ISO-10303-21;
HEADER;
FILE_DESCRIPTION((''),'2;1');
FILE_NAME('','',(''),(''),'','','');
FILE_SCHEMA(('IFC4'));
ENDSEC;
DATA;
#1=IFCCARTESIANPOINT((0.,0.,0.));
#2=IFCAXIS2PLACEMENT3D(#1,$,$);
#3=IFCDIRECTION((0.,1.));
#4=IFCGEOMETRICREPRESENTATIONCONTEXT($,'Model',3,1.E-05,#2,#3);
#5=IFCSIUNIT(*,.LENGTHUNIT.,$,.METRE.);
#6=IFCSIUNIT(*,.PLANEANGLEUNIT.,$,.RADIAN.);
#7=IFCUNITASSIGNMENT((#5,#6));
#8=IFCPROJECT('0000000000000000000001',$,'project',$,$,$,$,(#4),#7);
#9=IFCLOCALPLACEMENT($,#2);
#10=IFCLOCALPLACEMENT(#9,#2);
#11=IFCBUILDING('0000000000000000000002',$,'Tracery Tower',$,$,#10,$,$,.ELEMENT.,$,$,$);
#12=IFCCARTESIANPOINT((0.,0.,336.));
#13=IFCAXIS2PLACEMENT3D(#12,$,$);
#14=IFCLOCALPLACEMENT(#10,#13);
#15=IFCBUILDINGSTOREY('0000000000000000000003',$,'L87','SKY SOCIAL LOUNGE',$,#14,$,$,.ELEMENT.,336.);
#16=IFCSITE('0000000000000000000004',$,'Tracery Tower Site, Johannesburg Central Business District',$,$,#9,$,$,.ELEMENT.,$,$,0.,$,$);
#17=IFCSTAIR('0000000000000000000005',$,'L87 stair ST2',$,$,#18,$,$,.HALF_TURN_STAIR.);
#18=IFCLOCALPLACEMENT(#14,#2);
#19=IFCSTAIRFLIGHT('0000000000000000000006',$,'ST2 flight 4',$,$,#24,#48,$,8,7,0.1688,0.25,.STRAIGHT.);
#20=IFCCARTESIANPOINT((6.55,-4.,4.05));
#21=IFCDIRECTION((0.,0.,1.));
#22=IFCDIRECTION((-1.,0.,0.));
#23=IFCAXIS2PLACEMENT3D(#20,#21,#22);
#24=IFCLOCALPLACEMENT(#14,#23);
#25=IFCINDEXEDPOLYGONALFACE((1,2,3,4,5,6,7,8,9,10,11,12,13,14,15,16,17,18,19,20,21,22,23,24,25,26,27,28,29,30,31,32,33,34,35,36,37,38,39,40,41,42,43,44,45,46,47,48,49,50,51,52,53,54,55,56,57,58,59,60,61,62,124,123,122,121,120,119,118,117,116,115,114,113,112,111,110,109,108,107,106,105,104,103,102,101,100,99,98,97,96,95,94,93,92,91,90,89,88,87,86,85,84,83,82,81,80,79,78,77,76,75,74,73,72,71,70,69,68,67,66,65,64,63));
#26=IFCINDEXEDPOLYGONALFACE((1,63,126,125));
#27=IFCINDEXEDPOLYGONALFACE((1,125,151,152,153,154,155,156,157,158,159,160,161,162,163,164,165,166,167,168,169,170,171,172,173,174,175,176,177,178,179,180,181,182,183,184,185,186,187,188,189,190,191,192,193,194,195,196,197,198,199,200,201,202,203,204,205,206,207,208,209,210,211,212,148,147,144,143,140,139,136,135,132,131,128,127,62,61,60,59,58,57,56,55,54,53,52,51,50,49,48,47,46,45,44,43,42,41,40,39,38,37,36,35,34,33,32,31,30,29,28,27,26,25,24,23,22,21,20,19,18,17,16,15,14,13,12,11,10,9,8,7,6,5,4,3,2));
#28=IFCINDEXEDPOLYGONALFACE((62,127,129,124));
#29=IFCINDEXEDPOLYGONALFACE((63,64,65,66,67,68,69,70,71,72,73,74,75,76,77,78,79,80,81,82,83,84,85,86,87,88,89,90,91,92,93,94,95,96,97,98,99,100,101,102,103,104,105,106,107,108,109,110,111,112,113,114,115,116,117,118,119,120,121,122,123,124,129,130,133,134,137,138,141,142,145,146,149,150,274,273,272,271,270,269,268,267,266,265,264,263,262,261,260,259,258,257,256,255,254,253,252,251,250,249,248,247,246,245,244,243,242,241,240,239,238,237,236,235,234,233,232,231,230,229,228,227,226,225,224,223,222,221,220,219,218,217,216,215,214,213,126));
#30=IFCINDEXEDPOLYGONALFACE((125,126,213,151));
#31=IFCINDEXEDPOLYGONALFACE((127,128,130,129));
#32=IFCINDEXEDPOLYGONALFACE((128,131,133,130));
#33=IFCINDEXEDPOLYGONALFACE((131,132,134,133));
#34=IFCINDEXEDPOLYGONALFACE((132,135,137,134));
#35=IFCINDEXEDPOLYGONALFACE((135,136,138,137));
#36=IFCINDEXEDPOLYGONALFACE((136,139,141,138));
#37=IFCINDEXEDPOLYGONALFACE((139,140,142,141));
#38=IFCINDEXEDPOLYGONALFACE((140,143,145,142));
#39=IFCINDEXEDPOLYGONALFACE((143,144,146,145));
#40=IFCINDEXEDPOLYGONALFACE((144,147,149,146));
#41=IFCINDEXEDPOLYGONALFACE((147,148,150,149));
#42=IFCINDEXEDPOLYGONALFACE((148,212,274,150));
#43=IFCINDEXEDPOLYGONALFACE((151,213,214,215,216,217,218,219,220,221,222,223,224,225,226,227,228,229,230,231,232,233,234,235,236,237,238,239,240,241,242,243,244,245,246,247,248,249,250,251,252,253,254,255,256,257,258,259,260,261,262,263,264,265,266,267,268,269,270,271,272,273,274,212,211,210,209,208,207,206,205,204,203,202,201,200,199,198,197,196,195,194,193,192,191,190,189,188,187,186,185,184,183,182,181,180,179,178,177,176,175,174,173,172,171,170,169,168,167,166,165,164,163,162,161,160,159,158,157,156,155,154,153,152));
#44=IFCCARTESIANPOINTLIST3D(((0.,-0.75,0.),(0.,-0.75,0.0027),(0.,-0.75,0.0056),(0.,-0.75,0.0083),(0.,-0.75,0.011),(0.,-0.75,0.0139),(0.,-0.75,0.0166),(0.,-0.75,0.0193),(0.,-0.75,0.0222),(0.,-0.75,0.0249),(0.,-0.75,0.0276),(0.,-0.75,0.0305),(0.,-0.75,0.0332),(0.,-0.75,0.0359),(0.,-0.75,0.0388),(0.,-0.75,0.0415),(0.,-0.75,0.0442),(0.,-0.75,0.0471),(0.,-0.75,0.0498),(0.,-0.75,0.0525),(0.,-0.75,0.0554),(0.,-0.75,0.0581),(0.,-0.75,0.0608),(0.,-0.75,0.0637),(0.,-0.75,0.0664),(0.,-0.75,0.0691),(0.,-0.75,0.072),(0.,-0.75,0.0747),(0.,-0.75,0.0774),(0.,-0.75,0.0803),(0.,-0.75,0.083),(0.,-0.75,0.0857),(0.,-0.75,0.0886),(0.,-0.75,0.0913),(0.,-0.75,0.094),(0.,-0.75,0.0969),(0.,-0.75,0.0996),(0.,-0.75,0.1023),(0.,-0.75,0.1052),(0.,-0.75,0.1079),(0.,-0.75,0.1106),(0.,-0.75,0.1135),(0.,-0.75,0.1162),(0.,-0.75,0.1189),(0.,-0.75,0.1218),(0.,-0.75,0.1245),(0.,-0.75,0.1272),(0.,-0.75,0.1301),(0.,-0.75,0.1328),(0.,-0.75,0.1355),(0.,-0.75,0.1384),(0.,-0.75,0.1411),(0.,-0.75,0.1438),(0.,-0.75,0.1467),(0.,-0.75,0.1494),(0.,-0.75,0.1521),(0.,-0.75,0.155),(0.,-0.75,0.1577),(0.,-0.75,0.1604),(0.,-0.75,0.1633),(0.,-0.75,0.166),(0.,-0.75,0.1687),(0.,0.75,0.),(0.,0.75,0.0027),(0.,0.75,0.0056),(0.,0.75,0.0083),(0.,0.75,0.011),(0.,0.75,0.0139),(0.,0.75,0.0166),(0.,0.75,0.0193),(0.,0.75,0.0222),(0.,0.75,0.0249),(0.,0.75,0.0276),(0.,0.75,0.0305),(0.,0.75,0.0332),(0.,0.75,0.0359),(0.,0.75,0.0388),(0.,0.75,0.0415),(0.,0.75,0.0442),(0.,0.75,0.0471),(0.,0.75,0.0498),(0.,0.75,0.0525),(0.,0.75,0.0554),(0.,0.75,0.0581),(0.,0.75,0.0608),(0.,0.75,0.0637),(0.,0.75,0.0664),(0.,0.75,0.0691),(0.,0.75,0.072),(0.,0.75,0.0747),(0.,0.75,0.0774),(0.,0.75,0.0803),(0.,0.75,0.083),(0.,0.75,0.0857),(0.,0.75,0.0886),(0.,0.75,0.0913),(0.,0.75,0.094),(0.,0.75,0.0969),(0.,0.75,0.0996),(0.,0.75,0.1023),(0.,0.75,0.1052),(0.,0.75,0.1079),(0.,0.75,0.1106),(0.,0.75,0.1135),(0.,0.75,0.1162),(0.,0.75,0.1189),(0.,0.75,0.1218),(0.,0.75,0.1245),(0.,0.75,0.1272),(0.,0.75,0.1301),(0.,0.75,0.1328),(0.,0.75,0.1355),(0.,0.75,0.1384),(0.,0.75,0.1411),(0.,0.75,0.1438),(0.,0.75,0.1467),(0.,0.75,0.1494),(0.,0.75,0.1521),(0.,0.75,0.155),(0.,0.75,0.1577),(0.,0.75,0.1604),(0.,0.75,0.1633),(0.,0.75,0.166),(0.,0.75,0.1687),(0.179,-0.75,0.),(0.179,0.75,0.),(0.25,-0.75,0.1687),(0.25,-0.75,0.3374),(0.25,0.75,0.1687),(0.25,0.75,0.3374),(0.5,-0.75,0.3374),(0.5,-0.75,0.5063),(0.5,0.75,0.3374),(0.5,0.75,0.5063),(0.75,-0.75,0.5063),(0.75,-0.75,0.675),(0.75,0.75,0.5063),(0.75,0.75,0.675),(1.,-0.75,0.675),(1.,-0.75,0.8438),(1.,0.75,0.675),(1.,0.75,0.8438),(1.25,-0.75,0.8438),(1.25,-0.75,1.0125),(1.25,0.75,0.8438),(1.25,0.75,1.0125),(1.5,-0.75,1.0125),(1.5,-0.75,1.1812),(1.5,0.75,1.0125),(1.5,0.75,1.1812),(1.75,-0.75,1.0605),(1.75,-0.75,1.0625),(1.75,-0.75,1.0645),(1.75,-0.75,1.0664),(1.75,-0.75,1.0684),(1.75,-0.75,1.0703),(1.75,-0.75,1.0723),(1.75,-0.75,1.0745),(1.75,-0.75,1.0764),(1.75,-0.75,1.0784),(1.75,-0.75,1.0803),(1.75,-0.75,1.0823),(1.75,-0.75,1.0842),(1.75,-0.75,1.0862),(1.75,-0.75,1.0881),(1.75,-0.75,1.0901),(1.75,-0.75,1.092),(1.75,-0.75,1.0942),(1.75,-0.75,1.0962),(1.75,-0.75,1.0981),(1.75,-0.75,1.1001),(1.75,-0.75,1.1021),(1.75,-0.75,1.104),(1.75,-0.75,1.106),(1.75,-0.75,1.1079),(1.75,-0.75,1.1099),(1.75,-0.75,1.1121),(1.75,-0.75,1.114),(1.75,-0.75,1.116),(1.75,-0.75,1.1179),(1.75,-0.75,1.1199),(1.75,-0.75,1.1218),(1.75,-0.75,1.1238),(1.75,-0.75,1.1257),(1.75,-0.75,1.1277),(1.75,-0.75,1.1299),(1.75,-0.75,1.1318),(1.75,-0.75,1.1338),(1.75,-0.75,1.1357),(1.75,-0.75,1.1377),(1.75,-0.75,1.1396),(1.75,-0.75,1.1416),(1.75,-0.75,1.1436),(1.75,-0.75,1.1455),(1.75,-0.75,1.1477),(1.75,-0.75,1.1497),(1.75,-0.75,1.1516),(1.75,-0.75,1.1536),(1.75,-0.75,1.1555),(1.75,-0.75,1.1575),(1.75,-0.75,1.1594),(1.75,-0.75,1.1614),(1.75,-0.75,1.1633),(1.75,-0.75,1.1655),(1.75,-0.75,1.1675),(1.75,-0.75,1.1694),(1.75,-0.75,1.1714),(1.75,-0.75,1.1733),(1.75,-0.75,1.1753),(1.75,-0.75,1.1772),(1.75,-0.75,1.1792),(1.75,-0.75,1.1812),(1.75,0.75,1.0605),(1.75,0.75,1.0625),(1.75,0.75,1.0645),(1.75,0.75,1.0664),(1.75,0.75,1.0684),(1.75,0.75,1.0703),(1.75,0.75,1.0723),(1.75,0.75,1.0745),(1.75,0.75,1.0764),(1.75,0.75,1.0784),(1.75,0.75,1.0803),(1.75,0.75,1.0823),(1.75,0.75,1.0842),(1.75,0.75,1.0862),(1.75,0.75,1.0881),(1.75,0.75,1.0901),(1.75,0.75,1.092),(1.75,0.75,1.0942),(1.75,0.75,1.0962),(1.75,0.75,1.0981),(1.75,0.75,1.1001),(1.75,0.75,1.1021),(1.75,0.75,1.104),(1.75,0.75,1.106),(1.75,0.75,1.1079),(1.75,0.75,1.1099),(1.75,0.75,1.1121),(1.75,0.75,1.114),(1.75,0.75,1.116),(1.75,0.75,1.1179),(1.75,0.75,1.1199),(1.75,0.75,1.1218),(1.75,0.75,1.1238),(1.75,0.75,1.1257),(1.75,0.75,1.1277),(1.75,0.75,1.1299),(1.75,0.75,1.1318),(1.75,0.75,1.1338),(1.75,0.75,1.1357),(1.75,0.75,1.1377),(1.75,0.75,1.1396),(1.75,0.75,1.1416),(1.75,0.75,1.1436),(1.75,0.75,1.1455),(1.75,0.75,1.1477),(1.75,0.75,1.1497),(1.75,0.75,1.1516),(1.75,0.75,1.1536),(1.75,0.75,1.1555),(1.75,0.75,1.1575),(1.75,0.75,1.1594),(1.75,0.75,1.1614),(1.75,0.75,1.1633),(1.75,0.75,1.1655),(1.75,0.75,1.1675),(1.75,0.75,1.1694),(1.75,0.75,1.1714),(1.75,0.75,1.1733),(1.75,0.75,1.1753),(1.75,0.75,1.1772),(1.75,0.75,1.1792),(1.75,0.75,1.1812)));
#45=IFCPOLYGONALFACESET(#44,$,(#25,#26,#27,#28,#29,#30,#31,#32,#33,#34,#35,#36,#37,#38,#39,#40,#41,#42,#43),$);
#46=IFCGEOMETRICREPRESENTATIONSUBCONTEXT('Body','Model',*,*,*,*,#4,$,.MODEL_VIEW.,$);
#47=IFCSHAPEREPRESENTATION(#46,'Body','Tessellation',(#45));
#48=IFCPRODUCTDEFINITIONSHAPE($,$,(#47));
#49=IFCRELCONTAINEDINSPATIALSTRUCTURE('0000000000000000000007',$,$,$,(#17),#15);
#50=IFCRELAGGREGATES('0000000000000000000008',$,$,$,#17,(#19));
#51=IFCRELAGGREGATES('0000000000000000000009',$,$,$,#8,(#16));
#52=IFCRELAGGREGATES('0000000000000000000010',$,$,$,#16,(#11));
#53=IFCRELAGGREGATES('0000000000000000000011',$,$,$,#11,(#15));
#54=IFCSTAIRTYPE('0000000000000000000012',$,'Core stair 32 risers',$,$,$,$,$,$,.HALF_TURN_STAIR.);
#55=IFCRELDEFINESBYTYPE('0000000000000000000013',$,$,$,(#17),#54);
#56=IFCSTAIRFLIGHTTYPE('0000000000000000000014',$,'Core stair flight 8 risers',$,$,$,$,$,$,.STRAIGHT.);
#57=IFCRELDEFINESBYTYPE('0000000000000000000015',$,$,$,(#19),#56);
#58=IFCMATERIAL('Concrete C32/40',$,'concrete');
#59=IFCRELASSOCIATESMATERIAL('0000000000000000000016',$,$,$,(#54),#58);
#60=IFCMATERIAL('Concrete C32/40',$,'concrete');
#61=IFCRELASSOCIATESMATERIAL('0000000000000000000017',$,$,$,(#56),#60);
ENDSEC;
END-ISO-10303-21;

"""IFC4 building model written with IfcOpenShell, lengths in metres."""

from ifc_helpers import new_model, si_unit, direction, frame, origin, place, context, subcontext, project, spatial, polyline, outline, extrude, material, type_object, element, aggregate, save


model = new_model("IFC4")

# Units and contexts
model_context = context("Model", 3, precision=1e-05, world=origin(), true_north=direction((0.0, 1.0)))
body_context = subcontext(model_context, "Body", "Model", "MODEL_VIEW")
ifc_project = project(units=[si_unit("LENGTHUNIT", "METRE"), si_unit("PLANEANGLEUNIT", "RADIAN")], contexts=[model_context])

# Site, building, storey
site_placement = place(None, origin())
site = spatial("IfcSite", under=ifc_project, at=site_placement, Name="Tracery Tower Site, Johannesburg Central Business District", CompositionType="ELEMENT", RefElevation=0.0)
building_placement = place(site_placement, origin())
building = spatial("IfcBuilding", under=site, at=building_placement, Name="Tracery Tower", CompositionType="ELEMENT")
storey_placement = place(building_placement, frame((0.0, 0.0, 336.0)))
storey = spatial("IfcBuildingStorey", under=building, at=storey_placement, Name="L87", Description="SKY SOCIAL LOUNGE", CompositionType="ELEMENT", Elevation=336.0)

# Stair, stair flight
ifc_material_1 = material(Name="Concrete C32/40", Category="concrete")
stair_type = type_object("IfcStairType", Name="Core stair 32 risers", PredefinedType="HALF_TURN_STAIR", material=ifc_material_1)
stair_placement = place(storey_placement, origin())
stair = element("IfcStair", 1, at=stair_placement, inside=storey, type_object=stair_type, Name="L87 stair ST2", PredefinedType="HALF_TURN_STAIR")
ifc_material_2 = material(Name="Concrete C32/40", Category="concrete")
stair_flight_type = type_object("IfcStairFlightType", Name="Core stair flight 8 risers", PredefinedType="STRAIGHT", material=ifc_material_2)
stair_flight_1_placement = place(storey_placement, frame((6.55, -4.0, 4.05), z_axis=(0.0, 0.0, 1.0), x_axis=(-1.0, 0.0, 0.0)))
stair_flight_1 = element("IfcStairFlight", 2, at=stair_flight_1_placement, type_object=stair_flight_type, Name="ST2 flight 4", NumberOfRisers=8, NumberOfTreads=7, PredefinedType="STRAIGHT", RiserHeight=0.1688, TreadLength=0.25, context=body_context, shape_type="SweptSolid", body=[
    extrude(outline(polyline([(0.0, 0.0), (0.0, 0.0027), (0.0, 0.0056), (0.0, 0.0083), (0.0, 0.011), (0.0, 0.0139), (0.0, 0.0166), (0.0, 0.0193), (0.0, 0.0222), (0.0, 0.0249), (0.0, 0.0276), (0.0, 0.0305), (0.0, 0.0332), (0.0, 0.0359), (0.0, 0.0388), (0.0, 0.0415), (0.0, 0.0442), (0.0, 0.0471), (0.0, 0.0498), (0.0, 0.0525), (0.0, 0.0554), (0.0, 0.0581), (0.0, 0.0608), (0.0, 0.0637), (0.0, 0.0664), (0.0, 0.0691), (0.0, 0.072), (0.0, 0.0747), (0.0, 0.0774), (0.0, 0.0803), (0.0, 0.083), (0.0, 0.0857), (0.0, 0.0886), (0.0, 0.0913), (0.0, 0.094), (0.0, 0.0969), (0.0, 0.0996), (0.0, 0.1023), (0.0, 0.1052), (0.0, 0.1079), (0.0, 0.1106), (0.0, 0.1135), (0.0, 0.1162), (0.0, 0.1189), (0.0, 0.1218), (0.0, 0.1245), (0.0, 0.1272), (0.0, 0.1301), (0.0, 0.1328), (0.0, 0.1355), (0.0, 0.1384), (0.0, 0.1411), (0.0, 0.1438), (0.0, 0.1467), (0.0, 0.1494), (0.0, 0.1521), (0.0, 0.155), (0.0, 0.1577), (0.0, 0.1604), (0.0, 0.1633), (0.0, 0.166), (0.0, 0.1687), (0.25, 0.1687), (0.25, 0.3374), (0.5, 0.3374), (0.5, 0.5063), (0.75, 0.5063), (0.75, 0.675), (1.0, 0.675), (1.0, 0.8438), (1.25, 0.8438), (1.25, 1.0125), (1.5, 1.0125), (1.5, 1.1812), (1.75, 1.1812), (1.75, 1.1792), (1.75, 1.1772), (1.75, 1.1753), (1.75, 1.1733), (1.75, 1.1714), (1.75, 1.1694), (1.75, 1.1675), (1.75, 1.1655), (1.75, 1.1633), (1.75, 1.1614), (1.75, 1.1594), (1.75, 1.1575), (1.75, 1.1555), (1.75, 1.1536), (1.75, 1.1516), (1.75, 1.1497), (1.75, 1.1477), (1.75, 1.1455), (1.75, 1.1436), (1.75, 1.1416), (1.75, 1.1396), (1.75, 1.1377), (1.75, 1.1357), (1.75, 1.1338), (1.75, 1.1318), (1.75, 1.1299), (1.75, 1.1277), (1.75, 1.1257), (1.75, 1.1238), (1.75, 1.1218), (1.75, 1.1199), (1.75, 1.1179), (1.75, 1.116), (1.75, 1.114), (1.75, 1.1121), (1.75, 1.1099), (1.75, 1.1079), (1.75, 1.106), (1.75, 1.104), (1.75, 1.1021), (1.75, 1.1001), (1.75, 1.0981), (1.75, 1.0962), (1.75, 1.0942), (1.75, 1.092), (1.75, 1.0901), (1.75, 1.0881), (1.75, 1.0862), (1.75, 1.0842), (1.75, 1.0823), (1.75, 1.0803), (1.75, 1.0784), (1.75, 1.0764), (1.75, 1.0745), (1.75, 1.0723), (1.75, 1.0703), (1.75, 1.0684), (1.75, 1.0664), (1.75, 1.0645), (1.75, 1.0625), (1.75, 1.0605), (0.179, 0.0), (0.0, 0.0)])), frame((0.0, 0.75, 0.0), z_axis=(0.0, -1.0, 0.0), x_axis=(1.0, 0.0, 0.0)), (0.0, 0.0, 1.0), 1.5),
])
aggregate(stair, [stair_flight_1])

save(model, "model.ifc")
